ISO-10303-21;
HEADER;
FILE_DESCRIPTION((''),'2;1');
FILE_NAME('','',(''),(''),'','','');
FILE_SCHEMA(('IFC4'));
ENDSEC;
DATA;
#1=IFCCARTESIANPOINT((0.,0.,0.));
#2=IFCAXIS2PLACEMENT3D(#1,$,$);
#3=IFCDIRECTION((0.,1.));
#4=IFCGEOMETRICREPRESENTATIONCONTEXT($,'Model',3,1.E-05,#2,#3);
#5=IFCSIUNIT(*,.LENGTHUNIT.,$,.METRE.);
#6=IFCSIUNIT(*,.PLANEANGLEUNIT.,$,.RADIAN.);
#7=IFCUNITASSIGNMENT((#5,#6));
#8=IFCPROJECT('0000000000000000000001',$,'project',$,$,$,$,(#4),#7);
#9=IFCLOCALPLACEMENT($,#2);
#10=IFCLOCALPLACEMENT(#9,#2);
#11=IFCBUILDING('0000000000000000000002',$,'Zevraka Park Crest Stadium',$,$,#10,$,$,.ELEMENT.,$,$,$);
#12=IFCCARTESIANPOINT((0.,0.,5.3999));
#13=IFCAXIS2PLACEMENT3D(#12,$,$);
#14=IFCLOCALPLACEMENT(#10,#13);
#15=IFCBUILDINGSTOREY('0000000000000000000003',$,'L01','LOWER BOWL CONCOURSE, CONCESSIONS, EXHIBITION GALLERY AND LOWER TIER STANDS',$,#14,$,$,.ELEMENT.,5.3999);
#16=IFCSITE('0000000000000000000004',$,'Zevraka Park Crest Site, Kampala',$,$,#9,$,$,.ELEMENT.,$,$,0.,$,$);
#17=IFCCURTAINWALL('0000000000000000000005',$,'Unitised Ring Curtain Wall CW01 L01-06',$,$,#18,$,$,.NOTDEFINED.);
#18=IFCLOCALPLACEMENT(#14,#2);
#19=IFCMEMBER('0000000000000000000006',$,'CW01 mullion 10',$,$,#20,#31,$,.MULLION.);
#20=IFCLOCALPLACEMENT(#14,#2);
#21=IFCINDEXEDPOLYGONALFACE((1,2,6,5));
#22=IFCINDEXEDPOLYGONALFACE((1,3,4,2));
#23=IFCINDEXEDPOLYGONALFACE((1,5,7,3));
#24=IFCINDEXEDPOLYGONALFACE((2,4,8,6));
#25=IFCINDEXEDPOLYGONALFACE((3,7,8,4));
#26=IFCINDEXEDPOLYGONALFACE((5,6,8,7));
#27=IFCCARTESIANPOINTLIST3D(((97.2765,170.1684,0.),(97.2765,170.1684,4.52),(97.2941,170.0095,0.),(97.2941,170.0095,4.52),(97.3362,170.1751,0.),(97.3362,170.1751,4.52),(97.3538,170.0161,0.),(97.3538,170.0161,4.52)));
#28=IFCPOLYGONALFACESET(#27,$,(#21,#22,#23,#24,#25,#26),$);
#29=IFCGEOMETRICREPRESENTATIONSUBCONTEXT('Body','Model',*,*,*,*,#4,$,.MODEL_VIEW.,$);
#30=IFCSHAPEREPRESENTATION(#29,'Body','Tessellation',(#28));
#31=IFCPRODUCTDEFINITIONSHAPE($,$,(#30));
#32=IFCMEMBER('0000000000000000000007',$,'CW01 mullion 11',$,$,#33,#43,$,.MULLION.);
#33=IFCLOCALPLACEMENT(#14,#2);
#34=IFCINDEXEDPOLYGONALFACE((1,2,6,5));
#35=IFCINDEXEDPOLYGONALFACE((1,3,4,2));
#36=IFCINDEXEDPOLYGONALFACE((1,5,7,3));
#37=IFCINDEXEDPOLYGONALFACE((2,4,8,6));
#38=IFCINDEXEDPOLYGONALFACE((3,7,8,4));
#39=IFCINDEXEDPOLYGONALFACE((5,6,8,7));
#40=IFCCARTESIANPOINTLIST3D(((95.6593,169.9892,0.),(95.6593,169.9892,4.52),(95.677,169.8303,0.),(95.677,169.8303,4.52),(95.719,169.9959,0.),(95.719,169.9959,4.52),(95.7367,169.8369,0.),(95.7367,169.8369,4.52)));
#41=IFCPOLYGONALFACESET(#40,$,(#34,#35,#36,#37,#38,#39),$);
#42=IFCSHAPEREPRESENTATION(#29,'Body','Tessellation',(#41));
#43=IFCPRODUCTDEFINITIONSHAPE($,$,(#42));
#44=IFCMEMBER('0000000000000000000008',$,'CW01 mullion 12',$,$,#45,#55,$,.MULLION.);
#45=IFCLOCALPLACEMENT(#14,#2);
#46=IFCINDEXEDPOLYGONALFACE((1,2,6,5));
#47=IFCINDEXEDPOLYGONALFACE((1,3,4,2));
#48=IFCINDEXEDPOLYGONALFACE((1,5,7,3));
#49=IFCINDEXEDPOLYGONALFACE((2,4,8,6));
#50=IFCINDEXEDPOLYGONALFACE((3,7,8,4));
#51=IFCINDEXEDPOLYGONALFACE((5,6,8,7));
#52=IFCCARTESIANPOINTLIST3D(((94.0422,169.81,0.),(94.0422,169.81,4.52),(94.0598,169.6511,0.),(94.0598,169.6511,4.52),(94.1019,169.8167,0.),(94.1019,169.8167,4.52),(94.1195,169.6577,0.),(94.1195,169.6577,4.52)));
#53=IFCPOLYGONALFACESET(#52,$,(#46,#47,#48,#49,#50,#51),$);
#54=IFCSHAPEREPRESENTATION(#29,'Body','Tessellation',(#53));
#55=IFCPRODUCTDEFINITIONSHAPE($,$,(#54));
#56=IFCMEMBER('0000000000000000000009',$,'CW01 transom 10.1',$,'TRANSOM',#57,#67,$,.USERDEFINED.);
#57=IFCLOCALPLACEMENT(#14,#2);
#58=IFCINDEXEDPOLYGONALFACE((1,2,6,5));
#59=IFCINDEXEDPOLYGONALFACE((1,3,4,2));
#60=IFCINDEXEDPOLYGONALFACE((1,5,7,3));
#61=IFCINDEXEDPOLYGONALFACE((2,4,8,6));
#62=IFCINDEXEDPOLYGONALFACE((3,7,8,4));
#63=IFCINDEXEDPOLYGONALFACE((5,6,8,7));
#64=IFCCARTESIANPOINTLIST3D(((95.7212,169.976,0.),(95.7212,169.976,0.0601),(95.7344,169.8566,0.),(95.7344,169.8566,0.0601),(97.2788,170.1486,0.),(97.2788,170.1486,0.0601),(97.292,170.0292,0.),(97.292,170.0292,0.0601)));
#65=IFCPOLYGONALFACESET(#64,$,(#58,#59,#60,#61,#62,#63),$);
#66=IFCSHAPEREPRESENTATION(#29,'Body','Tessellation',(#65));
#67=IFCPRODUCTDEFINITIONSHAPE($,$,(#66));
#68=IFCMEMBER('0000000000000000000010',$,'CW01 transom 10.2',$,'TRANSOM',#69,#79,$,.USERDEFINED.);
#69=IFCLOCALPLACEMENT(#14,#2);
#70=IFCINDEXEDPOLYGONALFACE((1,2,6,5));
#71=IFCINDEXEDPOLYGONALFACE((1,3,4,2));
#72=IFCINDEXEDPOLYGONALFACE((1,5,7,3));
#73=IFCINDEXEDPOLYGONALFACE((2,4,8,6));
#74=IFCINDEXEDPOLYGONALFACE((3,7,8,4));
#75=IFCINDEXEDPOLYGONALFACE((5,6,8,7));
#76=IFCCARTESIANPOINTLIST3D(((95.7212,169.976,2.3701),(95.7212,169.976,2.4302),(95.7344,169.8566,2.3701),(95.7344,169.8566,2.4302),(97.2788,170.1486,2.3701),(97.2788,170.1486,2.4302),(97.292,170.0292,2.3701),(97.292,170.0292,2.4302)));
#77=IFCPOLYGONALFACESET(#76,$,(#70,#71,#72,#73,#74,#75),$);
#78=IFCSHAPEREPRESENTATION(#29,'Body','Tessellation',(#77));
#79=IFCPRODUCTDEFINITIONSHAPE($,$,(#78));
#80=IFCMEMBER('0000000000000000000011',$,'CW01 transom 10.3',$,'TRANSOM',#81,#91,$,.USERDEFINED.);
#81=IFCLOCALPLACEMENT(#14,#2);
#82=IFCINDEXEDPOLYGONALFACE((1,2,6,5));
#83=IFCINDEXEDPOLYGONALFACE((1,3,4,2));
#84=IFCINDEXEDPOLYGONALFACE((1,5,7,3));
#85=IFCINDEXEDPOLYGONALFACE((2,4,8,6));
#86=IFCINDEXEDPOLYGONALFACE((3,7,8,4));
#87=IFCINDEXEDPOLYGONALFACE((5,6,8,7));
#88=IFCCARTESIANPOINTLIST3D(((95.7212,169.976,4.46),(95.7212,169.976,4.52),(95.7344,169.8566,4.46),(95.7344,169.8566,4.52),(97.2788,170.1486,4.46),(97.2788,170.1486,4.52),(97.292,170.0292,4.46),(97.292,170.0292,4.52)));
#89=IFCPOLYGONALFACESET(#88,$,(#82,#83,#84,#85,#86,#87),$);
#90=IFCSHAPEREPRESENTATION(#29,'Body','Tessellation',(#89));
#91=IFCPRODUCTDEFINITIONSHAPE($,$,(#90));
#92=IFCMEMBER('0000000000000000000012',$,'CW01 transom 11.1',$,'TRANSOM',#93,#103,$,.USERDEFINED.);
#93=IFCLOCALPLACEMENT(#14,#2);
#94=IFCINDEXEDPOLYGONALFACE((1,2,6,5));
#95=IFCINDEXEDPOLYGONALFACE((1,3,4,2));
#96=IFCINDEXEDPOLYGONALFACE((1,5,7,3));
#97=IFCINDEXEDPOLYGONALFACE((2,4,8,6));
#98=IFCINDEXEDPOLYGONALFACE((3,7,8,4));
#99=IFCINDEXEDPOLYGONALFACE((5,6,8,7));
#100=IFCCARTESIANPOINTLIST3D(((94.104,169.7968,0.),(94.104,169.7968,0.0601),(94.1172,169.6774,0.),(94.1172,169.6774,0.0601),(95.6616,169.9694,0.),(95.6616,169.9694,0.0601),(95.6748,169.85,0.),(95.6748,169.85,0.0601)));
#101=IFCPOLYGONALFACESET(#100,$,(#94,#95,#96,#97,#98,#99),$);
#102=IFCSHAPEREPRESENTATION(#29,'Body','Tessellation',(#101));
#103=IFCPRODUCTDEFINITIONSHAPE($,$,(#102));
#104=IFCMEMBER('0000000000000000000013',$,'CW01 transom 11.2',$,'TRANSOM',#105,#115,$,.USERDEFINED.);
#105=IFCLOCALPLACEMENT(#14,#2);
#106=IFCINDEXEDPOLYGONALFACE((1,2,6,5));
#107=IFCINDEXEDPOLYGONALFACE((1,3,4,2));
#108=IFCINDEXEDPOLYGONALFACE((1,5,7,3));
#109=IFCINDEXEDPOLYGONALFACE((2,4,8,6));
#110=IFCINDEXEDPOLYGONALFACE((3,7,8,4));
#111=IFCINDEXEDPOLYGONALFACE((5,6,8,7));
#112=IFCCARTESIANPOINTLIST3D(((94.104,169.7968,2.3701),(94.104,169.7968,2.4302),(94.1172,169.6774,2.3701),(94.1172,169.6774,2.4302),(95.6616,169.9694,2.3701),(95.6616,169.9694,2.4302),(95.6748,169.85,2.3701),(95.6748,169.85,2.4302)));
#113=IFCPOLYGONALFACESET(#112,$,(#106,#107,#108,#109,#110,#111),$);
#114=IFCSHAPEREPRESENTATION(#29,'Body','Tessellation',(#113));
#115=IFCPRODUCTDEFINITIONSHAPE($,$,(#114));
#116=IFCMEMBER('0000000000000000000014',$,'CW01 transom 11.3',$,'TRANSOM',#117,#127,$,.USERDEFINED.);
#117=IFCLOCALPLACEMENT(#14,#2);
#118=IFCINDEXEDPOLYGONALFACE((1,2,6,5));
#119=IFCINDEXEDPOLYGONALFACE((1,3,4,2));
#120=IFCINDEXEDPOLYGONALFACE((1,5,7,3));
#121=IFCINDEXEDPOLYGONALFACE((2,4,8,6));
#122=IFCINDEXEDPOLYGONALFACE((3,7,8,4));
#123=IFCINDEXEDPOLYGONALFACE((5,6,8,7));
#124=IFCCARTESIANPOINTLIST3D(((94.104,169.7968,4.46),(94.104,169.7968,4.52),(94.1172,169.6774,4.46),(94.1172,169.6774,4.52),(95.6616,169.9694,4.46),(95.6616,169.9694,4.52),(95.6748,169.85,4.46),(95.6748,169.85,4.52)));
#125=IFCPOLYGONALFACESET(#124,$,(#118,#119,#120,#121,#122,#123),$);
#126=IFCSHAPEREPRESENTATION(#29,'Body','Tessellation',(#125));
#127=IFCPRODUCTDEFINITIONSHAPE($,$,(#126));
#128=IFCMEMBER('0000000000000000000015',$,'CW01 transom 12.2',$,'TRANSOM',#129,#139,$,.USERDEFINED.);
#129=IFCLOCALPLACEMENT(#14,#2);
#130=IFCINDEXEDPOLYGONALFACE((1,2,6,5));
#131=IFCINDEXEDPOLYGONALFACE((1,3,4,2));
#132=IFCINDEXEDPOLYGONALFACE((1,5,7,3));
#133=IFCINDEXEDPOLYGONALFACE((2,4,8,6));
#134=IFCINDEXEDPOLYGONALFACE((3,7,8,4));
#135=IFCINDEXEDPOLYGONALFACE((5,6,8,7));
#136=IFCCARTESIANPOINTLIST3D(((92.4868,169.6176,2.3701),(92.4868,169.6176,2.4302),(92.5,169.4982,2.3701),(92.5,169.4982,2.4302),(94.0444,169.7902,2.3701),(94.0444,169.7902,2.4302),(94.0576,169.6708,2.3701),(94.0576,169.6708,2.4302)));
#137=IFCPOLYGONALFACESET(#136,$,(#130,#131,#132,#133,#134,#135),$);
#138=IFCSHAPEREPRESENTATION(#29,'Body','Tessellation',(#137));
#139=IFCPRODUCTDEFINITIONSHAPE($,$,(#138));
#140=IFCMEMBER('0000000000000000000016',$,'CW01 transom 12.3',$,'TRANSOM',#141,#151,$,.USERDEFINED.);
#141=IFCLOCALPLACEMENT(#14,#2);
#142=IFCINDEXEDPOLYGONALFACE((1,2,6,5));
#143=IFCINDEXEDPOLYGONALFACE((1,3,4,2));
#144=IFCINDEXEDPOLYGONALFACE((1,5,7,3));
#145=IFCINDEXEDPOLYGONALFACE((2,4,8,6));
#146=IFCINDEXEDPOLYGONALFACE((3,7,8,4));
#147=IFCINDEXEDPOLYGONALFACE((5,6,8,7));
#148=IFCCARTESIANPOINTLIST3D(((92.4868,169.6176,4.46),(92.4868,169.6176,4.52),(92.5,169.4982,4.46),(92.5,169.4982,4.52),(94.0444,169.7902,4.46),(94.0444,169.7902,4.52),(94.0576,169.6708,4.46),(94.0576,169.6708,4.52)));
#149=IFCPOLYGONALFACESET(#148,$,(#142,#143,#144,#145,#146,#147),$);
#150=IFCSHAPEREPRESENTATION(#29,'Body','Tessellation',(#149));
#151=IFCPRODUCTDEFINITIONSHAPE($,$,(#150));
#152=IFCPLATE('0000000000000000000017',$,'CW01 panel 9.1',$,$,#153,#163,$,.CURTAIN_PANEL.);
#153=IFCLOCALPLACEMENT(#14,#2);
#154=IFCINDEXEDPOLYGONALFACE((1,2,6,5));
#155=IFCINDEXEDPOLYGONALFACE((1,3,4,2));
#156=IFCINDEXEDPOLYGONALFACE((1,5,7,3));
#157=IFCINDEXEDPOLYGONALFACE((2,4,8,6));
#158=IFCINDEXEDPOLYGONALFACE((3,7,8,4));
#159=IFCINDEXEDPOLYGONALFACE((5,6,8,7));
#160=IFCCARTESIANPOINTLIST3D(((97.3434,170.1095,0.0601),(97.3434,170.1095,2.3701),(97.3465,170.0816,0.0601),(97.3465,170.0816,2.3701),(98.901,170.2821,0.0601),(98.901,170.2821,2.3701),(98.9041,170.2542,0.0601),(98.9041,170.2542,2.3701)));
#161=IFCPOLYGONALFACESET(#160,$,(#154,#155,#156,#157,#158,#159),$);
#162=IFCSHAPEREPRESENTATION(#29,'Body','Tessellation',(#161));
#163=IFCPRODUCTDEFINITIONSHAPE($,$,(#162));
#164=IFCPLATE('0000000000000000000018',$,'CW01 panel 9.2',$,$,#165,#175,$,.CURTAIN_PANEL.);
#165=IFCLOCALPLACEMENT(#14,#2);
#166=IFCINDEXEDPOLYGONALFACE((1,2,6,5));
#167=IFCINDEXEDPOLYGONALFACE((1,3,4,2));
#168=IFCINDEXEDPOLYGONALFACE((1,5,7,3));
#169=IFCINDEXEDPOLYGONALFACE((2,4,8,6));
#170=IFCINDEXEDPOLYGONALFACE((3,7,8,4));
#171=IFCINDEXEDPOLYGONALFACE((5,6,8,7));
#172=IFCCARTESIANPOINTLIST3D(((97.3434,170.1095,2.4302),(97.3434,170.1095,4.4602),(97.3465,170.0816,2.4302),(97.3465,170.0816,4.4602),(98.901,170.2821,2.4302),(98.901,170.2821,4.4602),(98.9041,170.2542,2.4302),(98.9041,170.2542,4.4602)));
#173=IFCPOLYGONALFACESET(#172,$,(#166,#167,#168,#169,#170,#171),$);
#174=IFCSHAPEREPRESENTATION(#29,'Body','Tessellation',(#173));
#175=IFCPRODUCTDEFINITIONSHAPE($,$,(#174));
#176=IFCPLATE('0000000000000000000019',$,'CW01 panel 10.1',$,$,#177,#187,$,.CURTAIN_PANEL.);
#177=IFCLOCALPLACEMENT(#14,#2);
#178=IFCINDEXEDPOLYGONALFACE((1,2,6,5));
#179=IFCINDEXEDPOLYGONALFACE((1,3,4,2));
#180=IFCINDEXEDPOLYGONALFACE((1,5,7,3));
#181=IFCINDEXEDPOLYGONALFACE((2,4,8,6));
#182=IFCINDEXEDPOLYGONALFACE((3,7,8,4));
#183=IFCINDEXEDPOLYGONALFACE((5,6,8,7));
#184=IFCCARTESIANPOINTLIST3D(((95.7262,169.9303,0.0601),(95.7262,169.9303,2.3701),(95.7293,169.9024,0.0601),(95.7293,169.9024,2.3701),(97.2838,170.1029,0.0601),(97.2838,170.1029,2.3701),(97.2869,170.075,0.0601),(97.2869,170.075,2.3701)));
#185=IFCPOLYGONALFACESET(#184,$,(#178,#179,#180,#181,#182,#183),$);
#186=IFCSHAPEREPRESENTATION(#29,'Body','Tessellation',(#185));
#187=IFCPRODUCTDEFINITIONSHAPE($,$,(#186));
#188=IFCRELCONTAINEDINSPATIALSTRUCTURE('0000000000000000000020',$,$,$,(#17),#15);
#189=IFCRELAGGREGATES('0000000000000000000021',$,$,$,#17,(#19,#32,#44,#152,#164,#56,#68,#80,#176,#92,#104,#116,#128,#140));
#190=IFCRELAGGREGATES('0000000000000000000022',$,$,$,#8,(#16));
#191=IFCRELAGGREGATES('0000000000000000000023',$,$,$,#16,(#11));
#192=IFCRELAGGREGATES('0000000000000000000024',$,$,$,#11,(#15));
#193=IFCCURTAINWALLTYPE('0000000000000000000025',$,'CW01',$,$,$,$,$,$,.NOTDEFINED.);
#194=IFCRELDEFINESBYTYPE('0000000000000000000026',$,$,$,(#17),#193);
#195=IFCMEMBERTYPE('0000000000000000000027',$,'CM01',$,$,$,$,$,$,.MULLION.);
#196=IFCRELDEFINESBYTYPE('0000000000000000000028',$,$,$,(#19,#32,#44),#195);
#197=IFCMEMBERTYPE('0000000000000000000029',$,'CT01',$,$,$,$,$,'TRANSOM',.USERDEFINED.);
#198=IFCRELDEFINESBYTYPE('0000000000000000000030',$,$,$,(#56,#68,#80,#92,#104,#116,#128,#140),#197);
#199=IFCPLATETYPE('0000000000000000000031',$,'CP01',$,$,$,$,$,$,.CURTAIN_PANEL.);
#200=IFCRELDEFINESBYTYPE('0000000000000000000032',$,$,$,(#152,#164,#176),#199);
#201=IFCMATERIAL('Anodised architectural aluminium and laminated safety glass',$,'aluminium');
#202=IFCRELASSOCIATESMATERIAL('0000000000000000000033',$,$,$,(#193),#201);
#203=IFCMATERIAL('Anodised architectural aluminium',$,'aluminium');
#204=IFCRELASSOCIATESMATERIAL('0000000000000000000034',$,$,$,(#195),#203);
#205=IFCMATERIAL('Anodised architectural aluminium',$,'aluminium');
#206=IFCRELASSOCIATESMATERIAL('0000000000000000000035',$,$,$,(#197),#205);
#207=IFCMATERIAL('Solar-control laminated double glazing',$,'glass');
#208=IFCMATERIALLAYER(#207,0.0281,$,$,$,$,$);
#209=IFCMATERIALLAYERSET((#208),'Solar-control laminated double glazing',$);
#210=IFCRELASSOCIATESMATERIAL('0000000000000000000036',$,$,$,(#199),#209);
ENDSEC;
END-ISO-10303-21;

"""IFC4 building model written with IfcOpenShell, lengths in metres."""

from ifc_helpers import new_model, si_unit, direction, frame, origin, origin_2d, place, context, subcontext, project, spatial, rectangle, extrude, material, layer, layer_set, material_profile, profile_set, type_object, element, aggregate, save


model = new_model("IFC4")

# Units and contexts
model_context = context("Model", 3, precision=1e-05, world=origin(), true_north=direction((0.0, 1.0)))
body_context = subcontext(model_context, "Body", "Model", "MODEL_VIEW")
ifc_project = project(units=[si_unit("LENGTHUNIT", "METRE"), si_unit("PLANEANGLEUNIT", "RADIAN")], contexts=[model_context])

# Site, building, storey
site_placement = place(None, origin())
site = spatial("IfcSite", under=ifc_project, at=site_placement, Name="Zevraka Park Crest Site, Kampala", CompositionType="ELEMENT", RefElevation=0.0)
building_placement = place(site_placement, origin())
building = spatial("IfcBuilding", under=site, at=building_placement, Name="Zevraka Park Crest Stadium", CompositionType="ELEMENT")
storey_placement = place(building_placement, frame((0.0, 0.0, 5.3999)))
storey = spatial("IfcBuildingStorey", under=building, at=storey_placement, Name="L01", Description="LOWER BOWL CONCOURSE, CONCESSIONS, EXHIBITION GALLERY AND LOWER TIER STANDS", CompositionType="ELEMENT", Elevation=5.3999)

# Curtain wall, members, plates
ifc_material_1 = material(Name="Anodised architectural aluminium and laminated safety glass", Category="aluminium")
curtain_wall_type = type_object("IfcCurtainWallType", Name="CW01", PredefinedType="NOTDEFINED", material=ifc_material_1)
curtain_wall_placement = place(storey_placement, origin())
curtain_wall = element("IfcCurtainWall", 1, at=curtain_wall_placement, inside=storey, type_object=curtain_wall_type, Name="Unitised Ring Curtain Wall CW01 L01-06", PredefinedType="NOTDEFINED")
ifc_material_2 = material(Name="Anodised architectural aluminium", Category="aluminium")
ifc_material_profile_1 = material_profile(ifc_material_2, rectangle(XDim=0.1599, YDim=0.0601, at=origin_2d()), Name="ALU MULLION 160x60")
ifc_profile_set_1 = profile_set([ifc_material_profile_1], Name="Anodised architectural aluminium")
member_type_1 = type_object("IfcMemberType", Name="CM01", PredefinedType="MULLION", material=ifc_profile_set_1)
member_1_placement = place(storey_placement, frame((97.3152, 170.0923, 0.0), z_axis=(0.0, 0.0, 1.0), x_axis=(0.110135, -0.993917, 0.0)))
member_1 = element("IfcMember", 2, at=member_1_placement, type_object=member_type_1, Name="CW01 mullion 10", PredefinedType="MULLION", context=body_context, shape_type="SweptSolid", body=[
    extrude(rectangle(XDim=0.1599, YDim=0.0601, at=origin_2d()), origin(), (0.0, 0.0, 1.0), 4.52),
])
member_2_placement = place(storey_placement, frame((95.698, 169.9131, 0.0), z_axis=(0.0, 0.0, 1.0), x_axis=(0.110135, -0.993917, 0.0)))
member_2 = element("IfcMember", 3, at=member_2_placement, type_object=member_type_1, Name="CW01 mullion 11", PredefinedType="MULLION", context=body_context, shape_type="SweptSolid", body=[
    extrude(rectangle(XDim=0.1599, YDim=0.0601, at=origin_2d()), origin(), (0.0, 0.0, 1.0), 4.52),
])
member_3_placement = place(storey_placement, frame((94.0808, 169.7339, 0.0), z_axis=(0.0, 0.0, 1.0), x_axis=(0.110135, -0.993917, 0.0)))
member_3 = element("IfcMember", 4, at=member_3_placement, type_object=member_type_1, Name="CW01 mullion 12", PredefinedType="MULLION", context=body_context, shape_type="SweptSolid", body=[
    extrude(rectangle(XDim=0.1599, YDim=0.0601, at=origin_2d()), origin(), (0.0, 0.0, 1.0), 4.52),
])
ifc_material_3 = material(Name="Anodised architectural aluminium", Category="aluminium")
ifc_material_profile_2 = material_profile(ifc_material_3, rectangle(XDim=0.1201, YDim=0.0601, at=origin_2d()), Name="ALU TRANSOM 120x60")
ifc_profile_set_2 = profile_set([ifc_material_profile_2], Name="Anodised architectural aluminium")
member_type_2 = type_object("IfcMemberType", Name="CT01", ElementType="TRANSOM", PredefinedType="USERDEFINED", material=ifc_profile_set_2)
member_4_placement = place(storey_placement, frame((97.2854, 170.0889, 0.03), z_axis=(-0.993916, -0.110141, 0.0), x_axis=(0.110141, -0.993916, 0.0)))
member_4 = element("IfcMember", 5, at=member_4_placement, type_object=member_type_2, Name="CW01 transom 10.1", ObjectType="TRANSOM", PredefinedType="USERDEFINED", context=body_context, shape_type="SweptSolid", body=[
    extrude(rectangle(XDim=0.1201, YDim=0.0601, at=origin_2d()), origin(), (0.0, 0.0, 1.0), 1.5671),
])
member_5_placement = place(storey_placement, frame((97.2854, 170.0889, 2.4001), z_axis=(-0.993916, -0.110141, 0.0), x_axis=(0.110141, -0.993916, 0.0)))
member_5 = element("IfcMember", 6, at=member_5_placement, type_object=member_type_2, Name="CW01 transom 10.2", ObjectType="TRANSOM", PredefinedType="USERDEFINED", context=body_context, shape_type="SweptSolid", body=[
    extrude(rectangle(XDim=0.1201, YDim=0.0601, at=origin_2d()), origin(), (0.0, 0.0, 1.0), 1.5671),
])
member_6_placement = place(storey_placement, frame((97.2854, 170.0889, 4.49), z_axis=(-0.993916, -0.110141, 0.0), x_axis=(0.110141, -0.993916, 0.0)))
member_6 = element("IfcMember", 7, at=member_6_placement, type_object=member_type_2, Name="CW01 transom 10.3", ObjectType="TRANSOM", PredefinedType="USERDEFINED", context=body_context, shape_type="SweptSolid", body=[
    extrude(rectangle(XDim=0.1201, YDim=0.0601, at=origin_2d()), origin(), (0.0, 0.0, 1.0), 1.5671),
])
member_7_placement = place(storey_placement, frame((95.6682, 169.9097, 0.03), z_axis=(-0.993916, -0.110141, 0.0), x_axis=(0.110141, -0.993916, 0.0)))
member_7 = element("IfcMember", 8, at=member_7_placement, type_object=member_type_2, Name="CW01 transom 11.1", ObjectType="TRANSOM", PredefinedType="USERDEFINED", context=body_context, shape_type="SweptSolid", body=[
    extrude(rectangle(XDim=0.1201, YDim=0.0601, at=origin_2d()), origin(), (0.0, 0.0, 1.0), 1.5671),
])
member_8_placement = place(storey_placement, frame((95.6682, 169.9097, 2.4001), z_axis=(-0.993916, -0.110141, 0.0), x_axis=(0.110141, -0.993916, 0.0)))
member_8 = element("IfcMember", 9, at=member_8_placement, type_object=member_type_2, Name="CW01 transom 11.2", ObjectType="TRANSOM", PredefinedType="USERDEFINED", context=body_context, shape_type="SweptSolid", body=[
    extrude(rectangle(XDim=0.1201, YDim=0.0601, at=origin_2d()), origin(), (0.0, 0.0, 1.0), 1.5671),
])
member_9_placement = place(storey_placement, frame((95.6682, 169.9097, 4.49), z_axis=(-0.993916, -0.110141, 0.0), x_axis=(0.110141, -0.993916, 0.0)))
member_9 = element("IfcMember", 10, at=member_9_placement, type_object=member_type_2, Name="CW01 transom 11.3", ObjectType="TRANSOM", PredefinedType="USERDEFINED", context=body_context, shape_type="SweptSolid", body=[
    extrude(rectangle(XDim=0.1201, YDim=0.0601, at=origin_2d()), origin(), (0.0, 0.0, 1.0), 1.5671),
])
member_10_placement = place(storey_placement, frame((94.051, 169.7305, 2.4001), z_axis=(-0.993916, -0.110141, 0.0), x_axis=(0.110141, -0.993916, 0.0)))
member_10 = element("IfcMember", 11, at=member_10_placement, type_object=member_type_2, Name="CW01 transom 12.2", ObjectType="TRANSOM", PredefinedType="USERDEFINED", context=body_context, shape_type="SweptSolid", body=[
    extrude(rectangle(XDim=0.1201, YDim=0.0601, at=origin_2d()), origin(), (0.0, 0.0, 1.0), 1.5671),
])
member_11_placement = place(storey_placement, frame((94.051, 169.7305, 4.49), z_axis=(-0.993916, -0.110141, 0.0), x_axis=(0.110141, -0.993916, 0.0)))
member_11 = element("IfcMember", 12, at=member_11_placement, type_object=member_type_2, Name="CW01 transom 12.3", ObjectType="TRANSOM", PredefinedType="USERDEFINED", context=body_context, shape_type="SweptSolid", body=[
    extrude(rectangle(XDim=0.1201, YDim=0.0601, at=origin_2d()), origin(), (0.0, 0.0, 1.0), 1.5671),
])
ifc_material_4 = material(Name="Solar-control laminated double glazing", Category="glass")
ifc_layer_1 = layer(ifc_material_4, 0.0281)
ifc_layer_set_1 = layer_set([ifc_layer_1], Name="Solar-control laminated double glazing")
plate_type = type_object("IfcPlateType", Name="CP01", PredefinedType="CURTAIN_PANEL", material=ifc_layer_set_1)
plate_1_placement = place(storey_placement, frame((98.1238, 170.1819, 0.0601), z_axis=(0.0, 0.0, 1.0), x_axis=(-0.993917, -0.110135, 0.0)))
plate_1 = element("IfcPlate", 13, at=plate_1_placement, type_object=plate_type, Name="CW01 panel 9.1", PredefinedType="CURTAIN_PANEL", context=body_context, shape_type="SweptSolid", body=[
    extrude(rectangle(XDim=1.5671, YDim=0.0281, at=origin_2d()), origin(), (0.0, 0.0, 1.0), 2.3101),
])
plate_2_placement = place(storey_placement, frame((98.1238, 170.1819, 2.4302), z_axis=(0.0, 0.0, 1.0), x_axis=(-0.993917, -0.110135, 0.0)))
plate_2 = element("IfcPlate", 14, at=plate_2_placement, type_object=plate_type, Name="CW01 panel 9.2", PredefinedType="CURTAIN_PANEL", context=body_context, shape_type="SweptSolid", body=[
    extrude(rectangle(XDim=1.5671, YDim=0.0281, at=origin_2d()), origin(), (0.0, 0.0, 1.0), 2.03),
])
plate_3_placement = place(storey_placement, frame((96.5066, 170.0027, 0.0601), z_axis=(0.0, 0.0, 1.0), x_axis=(-0.993917, -0.110135, 0.0)))
plate_3 = element("IfcPlate", 15, at=plate_3_placement, type_object=plate_type, Name="CW01 panel 10.1", PredefinedType="CURTAIN_PANEL", context=body_context, shape_type="SweptSolid", body=[
    extrude(rectangle(XDim=1.5671, YDim=0.0281, at=origin_2d()), origin(), (0.0, 0.0, 1.0), 2.3101),
])
aggregate(curtain_wall, [member_1, member_2, member_3, plate_1, plate_2, member_4, member_5, member_6, plate_3, member_7, member_8, member_9, member_10, member_11])

save(model, "model.ifc")
